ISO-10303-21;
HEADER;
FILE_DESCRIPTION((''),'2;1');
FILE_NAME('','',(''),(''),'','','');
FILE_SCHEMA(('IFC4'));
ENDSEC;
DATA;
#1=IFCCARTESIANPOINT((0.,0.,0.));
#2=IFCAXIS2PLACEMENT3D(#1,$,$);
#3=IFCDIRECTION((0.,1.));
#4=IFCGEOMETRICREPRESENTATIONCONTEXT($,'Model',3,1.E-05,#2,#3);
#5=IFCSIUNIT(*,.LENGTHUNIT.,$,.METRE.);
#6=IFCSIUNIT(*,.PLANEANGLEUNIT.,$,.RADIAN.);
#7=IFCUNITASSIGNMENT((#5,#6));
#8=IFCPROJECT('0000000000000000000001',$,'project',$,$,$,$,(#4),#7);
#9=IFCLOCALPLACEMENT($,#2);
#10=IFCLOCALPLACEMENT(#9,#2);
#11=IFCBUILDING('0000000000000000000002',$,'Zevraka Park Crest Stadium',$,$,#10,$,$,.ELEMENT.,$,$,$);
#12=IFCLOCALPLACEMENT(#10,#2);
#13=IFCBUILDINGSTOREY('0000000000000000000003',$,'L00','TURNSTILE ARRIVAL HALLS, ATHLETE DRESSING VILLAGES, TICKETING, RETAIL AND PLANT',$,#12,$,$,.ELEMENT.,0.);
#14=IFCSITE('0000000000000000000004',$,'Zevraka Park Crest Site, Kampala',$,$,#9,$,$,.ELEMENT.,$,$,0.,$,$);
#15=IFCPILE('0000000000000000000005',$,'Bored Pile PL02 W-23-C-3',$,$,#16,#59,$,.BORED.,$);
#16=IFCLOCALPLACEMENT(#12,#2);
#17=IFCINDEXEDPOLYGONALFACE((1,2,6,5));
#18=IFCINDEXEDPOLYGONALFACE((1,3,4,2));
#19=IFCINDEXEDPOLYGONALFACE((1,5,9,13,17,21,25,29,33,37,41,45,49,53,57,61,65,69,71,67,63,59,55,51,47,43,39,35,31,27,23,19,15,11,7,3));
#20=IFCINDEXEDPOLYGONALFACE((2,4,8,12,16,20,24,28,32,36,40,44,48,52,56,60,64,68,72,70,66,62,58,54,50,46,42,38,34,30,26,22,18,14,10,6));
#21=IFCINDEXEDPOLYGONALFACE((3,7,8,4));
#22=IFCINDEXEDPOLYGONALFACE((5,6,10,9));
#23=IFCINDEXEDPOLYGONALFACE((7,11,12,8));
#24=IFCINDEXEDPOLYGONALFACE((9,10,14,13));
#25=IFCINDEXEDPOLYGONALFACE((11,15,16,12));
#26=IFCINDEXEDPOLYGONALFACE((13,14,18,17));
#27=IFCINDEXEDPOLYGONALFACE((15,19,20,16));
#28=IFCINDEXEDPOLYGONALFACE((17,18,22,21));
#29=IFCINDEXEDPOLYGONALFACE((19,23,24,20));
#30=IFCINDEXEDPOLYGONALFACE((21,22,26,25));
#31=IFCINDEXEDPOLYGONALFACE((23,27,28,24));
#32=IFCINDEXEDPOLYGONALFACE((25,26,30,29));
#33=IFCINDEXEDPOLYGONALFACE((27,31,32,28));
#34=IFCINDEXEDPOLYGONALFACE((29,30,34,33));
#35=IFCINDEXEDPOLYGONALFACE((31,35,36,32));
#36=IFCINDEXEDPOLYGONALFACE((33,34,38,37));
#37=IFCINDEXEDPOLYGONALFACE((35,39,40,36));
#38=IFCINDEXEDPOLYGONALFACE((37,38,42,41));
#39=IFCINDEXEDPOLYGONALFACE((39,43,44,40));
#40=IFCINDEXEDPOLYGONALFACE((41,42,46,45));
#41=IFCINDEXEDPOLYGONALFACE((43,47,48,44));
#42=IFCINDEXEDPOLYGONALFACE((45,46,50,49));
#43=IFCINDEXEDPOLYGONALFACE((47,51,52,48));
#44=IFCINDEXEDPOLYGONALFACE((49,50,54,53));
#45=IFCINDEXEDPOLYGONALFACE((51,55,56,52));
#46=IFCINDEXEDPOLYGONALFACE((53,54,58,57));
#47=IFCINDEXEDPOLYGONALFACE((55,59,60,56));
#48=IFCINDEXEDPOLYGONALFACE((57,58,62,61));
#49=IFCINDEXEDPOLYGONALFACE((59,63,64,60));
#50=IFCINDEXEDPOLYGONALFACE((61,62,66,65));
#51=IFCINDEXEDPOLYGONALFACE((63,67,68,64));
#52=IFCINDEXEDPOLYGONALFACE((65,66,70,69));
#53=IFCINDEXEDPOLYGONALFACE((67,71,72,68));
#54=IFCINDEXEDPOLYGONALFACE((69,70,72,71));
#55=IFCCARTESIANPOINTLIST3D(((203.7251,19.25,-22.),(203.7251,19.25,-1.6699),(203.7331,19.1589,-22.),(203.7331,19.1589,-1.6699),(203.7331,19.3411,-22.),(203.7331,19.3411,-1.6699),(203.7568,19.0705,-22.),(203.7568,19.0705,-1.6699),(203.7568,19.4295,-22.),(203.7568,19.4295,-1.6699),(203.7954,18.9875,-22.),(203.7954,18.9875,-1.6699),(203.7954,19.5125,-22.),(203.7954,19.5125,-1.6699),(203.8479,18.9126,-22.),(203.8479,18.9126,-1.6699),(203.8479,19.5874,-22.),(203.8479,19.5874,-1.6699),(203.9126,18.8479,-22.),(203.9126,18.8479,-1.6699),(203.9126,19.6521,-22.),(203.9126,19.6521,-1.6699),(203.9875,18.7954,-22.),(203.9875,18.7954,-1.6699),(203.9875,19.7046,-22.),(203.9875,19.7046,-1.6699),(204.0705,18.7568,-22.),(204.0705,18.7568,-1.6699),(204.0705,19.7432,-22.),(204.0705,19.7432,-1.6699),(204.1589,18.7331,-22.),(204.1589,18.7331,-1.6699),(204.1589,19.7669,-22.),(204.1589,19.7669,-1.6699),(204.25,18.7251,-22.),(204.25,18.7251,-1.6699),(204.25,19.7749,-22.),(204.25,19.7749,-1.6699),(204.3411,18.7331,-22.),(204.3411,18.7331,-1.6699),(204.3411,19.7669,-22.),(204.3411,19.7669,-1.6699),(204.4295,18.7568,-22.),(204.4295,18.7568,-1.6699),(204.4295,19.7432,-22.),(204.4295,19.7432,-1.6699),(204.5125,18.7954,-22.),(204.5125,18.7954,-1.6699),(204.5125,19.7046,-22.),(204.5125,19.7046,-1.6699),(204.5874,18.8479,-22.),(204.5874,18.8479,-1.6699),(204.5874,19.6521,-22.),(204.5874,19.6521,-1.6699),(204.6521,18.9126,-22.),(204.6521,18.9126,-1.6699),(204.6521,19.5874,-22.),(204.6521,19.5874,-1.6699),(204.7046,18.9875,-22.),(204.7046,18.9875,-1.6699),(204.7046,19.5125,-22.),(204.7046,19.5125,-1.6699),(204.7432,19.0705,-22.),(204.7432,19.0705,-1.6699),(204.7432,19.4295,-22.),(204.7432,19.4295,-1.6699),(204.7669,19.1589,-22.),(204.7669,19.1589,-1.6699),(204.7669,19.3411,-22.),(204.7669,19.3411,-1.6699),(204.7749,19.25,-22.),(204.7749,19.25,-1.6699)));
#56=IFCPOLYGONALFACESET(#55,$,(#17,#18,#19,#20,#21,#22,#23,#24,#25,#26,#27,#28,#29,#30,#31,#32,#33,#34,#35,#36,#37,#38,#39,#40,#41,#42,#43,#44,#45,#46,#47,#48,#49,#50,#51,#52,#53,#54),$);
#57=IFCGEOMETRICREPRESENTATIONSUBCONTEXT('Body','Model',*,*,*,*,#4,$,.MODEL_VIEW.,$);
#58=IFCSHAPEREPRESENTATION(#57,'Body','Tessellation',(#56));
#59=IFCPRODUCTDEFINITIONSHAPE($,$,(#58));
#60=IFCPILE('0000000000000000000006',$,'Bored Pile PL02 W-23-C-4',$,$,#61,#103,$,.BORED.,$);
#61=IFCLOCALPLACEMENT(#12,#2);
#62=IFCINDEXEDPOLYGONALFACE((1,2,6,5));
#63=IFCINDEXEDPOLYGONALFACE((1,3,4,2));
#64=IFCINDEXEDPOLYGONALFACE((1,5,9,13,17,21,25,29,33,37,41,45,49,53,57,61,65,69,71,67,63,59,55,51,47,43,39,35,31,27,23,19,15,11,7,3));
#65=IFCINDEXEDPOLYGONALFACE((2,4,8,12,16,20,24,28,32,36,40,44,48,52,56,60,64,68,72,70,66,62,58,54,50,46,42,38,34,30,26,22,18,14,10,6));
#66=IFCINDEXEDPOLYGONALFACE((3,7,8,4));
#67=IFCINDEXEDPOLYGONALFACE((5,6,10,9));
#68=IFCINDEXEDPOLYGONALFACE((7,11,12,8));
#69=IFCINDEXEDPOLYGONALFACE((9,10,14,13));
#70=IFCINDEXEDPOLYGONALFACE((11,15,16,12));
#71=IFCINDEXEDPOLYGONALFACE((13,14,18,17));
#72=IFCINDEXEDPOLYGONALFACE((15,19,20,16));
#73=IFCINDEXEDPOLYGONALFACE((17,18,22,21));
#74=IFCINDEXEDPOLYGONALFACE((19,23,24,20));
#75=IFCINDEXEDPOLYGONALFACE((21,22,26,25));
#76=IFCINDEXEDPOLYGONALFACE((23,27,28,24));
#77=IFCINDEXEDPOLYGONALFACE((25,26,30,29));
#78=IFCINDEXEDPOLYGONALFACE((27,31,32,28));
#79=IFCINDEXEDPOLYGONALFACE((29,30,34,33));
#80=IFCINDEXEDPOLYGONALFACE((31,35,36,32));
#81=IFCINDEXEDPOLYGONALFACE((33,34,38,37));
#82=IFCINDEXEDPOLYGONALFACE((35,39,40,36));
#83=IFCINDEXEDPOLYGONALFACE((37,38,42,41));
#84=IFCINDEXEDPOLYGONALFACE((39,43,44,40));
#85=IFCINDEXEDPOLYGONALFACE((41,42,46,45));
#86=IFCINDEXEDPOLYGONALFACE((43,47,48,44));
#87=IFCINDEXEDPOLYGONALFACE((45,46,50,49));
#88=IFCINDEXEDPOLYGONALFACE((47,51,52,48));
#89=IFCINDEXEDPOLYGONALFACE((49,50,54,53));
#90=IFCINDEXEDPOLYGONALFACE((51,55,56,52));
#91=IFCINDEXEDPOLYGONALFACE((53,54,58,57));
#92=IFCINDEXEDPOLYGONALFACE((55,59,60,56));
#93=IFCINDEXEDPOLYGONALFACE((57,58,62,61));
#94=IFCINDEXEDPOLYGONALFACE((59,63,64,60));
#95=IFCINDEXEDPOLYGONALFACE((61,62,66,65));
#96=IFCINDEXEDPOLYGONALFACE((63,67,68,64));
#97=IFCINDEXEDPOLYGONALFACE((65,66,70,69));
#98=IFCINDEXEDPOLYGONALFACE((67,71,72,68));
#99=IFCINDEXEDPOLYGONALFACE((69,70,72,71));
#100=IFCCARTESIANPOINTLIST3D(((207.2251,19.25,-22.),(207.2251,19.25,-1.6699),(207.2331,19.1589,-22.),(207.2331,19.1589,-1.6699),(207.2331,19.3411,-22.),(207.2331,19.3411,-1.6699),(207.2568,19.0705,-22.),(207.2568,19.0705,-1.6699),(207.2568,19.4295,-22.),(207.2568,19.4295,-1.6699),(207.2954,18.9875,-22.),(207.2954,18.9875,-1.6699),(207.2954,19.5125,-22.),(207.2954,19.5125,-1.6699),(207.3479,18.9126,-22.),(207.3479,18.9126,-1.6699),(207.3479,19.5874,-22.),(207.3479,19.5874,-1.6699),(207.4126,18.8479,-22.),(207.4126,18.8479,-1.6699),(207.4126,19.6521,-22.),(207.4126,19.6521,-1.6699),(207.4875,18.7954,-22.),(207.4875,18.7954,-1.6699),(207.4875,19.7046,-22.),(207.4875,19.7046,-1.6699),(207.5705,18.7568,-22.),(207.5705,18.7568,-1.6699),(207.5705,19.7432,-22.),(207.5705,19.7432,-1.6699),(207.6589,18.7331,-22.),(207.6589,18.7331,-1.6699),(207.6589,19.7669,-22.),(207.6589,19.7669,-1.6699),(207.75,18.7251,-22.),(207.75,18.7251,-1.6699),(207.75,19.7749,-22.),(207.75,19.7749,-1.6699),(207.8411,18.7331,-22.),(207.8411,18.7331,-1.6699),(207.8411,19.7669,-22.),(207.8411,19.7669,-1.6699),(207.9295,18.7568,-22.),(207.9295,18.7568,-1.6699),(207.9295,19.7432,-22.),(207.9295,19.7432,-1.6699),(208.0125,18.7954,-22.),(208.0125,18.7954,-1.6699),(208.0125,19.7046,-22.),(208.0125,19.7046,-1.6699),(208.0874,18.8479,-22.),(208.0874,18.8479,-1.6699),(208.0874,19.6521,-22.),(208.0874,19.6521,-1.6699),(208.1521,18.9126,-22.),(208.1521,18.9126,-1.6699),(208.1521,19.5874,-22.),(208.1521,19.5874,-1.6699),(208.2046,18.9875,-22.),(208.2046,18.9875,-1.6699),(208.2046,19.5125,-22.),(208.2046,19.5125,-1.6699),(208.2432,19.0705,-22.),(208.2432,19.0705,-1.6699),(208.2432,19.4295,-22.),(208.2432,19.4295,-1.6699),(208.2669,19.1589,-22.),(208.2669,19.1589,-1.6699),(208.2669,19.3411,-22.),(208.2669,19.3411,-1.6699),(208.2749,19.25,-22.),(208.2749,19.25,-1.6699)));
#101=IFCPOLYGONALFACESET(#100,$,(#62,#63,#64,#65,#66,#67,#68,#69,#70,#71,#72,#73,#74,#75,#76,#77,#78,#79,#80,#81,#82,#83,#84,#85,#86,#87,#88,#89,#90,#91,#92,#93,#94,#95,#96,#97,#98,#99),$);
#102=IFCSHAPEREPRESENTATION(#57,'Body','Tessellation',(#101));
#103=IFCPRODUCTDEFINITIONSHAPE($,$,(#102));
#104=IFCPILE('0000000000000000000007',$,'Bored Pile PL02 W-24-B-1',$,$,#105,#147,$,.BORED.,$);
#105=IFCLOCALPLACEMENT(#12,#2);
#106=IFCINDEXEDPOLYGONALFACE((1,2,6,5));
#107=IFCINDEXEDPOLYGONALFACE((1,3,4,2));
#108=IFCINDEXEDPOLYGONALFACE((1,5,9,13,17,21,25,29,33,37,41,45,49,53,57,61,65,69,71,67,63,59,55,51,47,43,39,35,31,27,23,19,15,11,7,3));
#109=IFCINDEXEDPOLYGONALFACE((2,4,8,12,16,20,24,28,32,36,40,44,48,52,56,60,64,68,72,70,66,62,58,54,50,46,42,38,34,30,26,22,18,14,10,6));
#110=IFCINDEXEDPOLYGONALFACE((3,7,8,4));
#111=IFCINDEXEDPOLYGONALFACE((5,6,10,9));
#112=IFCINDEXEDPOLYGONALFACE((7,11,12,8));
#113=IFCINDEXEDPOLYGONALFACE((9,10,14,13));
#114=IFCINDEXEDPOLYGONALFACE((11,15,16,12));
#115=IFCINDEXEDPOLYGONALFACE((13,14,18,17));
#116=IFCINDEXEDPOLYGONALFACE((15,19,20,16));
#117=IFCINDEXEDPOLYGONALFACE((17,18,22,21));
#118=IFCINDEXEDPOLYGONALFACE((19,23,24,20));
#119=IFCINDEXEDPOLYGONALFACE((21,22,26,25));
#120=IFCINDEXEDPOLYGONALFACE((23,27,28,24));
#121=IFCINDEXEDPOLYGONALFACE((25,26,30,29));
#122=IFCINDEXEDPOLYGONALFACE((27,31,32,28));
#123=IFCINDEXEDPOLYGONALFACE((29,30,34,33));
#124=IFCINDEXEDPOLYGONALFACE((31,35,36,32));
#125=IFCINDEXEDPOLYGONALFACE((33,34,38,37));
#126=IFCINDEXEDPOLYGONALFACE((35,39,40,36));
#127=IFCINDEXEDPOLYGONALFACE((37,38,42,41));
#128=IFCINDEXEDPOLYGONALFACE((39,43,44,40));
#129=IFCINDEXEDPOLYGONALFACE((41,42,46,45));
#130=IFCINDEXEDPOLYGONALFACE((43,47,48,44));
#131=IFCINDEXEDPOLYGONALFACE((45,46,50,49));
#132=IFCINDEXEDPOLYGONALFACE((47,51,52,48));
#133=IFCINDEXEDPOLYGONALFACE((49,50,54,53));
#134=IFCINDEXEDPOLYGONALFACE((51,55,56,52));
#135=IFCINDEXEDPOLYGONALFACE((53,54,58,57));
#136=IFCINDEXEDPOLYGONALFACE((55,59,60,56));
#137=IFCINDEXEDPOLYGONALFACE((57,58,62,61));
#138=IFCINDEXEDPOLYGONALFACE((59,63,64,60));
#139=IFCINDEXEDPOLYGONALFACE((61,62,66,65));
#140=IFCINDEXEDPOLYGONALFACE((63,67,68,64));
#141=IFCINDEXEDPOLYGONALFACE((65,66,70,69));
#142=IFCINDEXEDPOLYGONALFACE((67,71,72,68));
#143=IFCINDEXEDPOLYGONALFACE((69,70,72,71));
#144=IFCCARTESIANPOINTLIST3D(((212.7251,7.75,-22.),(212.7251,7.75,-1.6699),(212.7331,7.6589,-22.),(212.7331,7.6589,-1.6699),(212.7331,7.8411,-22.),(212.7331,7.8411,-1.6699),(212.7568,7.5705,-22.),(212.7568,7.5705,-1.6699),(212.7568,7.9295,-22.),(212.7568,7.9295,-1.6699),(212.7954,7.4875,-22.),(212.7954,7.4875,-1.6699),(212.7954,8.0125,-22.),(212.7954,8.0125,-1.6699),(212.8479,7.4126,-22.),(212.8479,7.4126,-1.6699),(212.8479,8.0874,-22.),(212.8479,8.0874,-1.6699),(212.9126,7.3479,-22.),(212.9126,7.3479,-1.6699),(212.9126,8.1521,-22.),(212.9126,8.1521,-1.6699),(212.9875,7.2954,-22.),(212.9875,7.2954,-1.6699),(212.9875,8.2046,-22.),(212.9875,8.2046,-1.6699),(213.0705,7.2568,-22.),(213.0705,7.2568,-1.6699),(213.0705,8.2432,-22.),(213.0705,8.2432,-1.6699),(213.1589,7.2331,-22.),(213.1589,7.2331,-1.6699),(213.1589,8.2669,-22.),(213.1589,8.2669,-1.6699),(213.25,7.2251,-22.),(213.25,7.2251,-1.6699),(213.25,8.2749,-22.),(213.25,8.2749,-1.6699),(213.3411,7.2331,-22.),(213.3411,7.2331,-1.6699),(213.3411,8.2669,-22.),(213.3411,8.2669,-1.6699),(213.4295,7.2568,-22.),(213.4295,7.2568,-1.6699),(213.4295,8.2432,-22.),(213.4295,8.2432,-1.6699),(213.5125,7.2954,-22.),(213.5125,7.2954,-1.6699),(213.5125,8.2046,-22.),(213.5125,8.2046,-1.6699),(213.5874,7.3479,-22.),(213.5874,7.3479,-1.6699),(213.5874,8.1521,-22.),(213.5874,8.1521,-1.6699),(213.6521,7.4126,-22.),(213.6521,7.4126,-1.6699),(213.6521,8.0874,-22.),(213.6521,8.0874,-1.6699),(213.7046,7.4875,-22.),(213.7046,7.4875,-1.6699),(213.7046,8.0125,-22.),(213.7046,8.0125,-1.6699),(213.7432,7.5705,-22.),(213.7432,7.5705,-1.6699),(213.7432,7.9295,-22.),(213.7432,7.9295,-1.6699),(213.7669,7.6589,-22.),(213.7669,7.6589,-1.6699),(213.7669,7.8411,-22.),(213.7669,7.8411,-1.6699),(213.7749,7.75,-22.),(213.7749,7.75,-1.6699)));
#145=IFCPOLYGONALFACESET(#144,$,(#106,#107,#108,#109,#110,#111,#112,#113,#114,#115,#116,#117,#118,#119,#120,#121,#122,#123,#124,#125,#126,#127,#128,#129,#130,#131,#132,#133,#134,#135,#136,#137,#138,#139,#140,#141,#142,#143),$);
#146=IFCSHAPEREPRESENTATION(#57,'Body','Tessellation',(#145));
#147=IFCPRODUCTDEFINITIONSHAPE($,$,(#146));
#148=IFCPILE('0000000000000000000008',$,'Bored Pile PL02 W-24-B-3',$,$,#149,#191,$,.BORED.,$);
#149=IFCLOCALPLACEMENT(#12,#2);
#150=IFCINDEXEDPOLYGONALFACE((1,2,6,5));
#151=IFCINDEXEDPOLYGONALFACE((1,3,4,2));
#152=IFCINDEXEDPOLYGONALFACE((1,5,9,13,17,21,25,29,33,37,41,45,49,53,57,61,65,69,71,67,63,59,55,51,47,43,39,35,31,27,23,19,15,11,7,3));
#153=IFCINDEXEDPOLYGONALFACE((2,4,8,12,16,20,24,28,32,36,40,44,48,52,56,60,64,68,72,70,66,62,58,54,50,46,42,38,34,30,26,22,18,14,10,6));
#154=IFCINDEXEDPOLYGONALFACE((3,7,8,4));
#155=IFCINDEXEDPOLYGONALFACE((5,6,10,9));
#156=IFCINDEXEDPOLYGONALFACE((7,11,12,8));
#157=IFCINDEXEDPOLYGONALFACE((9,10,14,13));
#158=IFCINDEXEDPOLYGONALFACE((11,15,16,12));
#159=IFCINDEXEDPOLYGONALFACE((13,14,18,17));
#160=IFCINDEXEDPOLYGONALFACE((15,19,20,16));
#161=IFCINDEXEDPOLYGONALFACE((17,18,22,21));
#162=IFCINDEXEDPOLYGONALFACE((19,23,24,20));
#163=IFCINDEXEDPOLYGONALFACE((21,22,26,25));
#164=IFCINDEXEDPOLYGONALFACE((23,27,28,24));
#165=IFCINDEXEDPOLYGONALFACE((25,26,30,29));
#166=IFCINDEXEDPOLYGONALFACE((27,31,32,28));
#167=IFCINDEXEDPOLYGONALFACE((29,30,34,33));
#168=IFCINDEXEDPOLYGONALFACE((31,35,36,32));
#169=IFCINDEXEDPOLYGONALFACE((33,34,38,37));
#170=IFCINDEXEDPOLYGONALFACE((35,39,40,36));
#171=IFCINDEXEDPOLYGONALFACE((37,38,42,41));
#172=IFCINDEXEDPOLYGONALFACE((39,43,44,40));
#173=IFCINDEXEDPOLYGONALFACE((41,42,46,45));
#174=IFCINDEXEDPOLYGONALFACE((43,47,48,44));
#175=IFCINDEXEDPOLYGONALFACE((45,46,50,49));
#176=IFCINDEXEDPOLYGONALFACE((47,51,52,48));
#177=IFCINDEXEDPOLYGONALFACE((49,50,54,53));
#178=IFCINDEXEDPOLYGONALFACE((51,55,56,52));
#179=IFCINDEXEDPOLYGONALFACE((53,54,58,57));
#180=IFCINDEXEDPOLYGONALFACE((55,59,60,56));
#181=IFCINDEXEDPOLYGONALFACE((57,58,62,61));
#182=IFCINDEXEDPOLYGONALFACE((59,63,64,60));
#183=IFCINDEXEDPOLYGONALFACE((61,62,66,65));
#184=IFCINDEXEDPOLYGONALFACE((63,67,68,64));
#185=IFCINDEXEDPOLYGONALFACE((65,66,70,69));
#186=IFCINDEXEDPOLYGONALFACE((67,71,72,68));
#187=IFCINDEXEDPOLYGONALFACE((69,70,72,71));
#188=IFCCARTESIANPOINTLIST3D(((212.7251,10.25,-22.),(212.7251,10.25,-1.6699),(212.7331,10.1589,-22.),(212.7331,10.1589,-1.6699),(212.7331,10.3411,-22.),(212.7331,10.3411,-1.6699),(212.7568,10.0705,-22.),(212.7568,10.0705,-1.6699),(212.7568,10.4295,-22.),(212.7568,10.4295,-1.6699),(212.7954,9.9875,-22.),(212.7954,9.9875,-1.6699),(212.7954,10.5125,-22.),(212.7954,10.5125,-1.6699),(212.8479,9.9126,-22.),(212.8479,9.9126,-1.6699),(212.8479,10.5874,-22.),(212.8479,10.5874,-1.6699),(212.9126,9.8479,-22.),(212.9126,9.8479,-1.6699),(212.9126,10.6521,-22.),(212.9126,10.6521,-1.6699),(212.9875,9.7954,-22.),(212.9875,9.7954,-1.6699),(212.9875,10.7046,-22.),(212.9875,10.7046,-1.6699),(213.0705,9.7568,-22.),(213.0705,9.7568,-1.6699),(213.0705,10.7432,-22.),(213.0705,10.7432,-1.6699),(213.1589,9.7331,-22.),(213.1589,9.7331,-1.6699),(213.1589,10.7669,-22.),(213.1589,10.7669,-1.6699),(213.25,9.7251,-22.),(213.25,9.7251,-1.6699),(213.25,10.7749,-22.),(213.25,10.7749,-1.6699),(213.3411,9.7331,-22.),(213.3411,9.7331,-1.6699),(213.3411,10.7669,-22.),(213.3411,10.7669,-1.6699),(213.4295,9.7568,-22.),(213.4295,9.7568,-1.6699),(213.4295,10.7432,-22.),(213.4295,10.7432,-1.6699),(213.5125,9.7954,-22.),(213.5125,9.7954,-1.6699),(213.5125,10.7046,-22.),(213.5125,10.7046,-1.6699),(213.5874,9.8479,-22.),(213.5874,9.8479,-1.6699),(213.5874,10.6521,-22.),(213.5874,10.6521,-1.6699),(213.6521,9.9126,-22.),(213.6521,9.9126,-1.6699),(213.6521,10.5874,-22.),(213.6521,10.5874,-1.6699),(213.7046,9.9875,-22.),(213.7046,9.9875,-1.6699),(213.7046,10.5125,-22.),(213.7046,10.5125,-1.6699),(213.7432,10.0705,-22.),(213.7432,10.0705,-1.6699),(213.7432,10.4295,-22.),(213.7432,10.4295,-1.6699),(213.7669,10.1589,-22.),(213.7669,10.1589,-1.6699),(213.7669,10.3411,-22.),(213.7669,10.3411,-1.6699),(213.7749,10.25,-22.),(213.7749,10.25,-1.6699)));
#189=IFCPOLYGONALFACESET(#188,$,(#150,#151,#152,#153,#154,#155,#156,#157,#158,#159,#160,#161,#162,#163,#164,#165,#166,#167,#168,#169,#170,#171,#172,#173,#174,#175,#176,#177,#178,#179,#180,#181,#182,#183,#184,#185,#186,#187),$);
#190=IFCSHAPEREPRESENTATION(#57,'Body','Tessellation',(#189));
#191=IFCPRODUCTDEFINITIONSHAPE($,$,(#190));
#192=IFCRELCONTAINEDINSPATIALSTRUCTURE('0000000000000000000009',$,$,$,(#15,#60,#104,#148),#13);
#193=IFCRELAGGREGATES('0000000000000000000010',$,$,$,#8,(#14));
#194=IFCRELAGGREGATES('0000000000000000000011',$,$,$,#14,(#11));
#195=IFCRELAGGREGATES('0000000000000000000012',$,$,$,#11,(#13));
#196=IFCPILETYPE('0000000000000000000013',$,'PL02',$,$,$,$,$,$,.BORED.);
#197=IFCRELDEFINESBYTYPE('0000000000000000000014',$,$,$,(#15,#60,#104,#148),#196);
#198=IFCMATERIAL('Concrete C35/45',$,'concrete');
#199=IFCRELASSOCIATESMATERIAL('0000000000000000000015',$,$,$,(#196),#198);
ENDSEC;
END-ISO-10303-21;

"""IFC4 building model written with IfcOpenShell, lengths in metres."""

from ifc_helpers import new_model, si_unit, direction, frame, origin, origin_2d, place, context, subcontext, project, spatial, circle, extrude, material, material_profile, profile_set, type_object, element, save


model = new_model("IFC4")

# Units and contexts
model_context = context("Model", 3, precision=1e-05, world=origin(), true_north=direction((0.0, 1.0)))
body_context = subcontext(model_context, "Body", "Model", "MODEL_VIEW")
ifc_project = project(units=[si_unit("LENGTHUNIT", "METRE"), si_unit("PLANEANGLEUNIT", "RADIAN")], contexts=[model_context])

# Site, building, storey
site_placement = place(None, origin())
site = spatial("IfcSite", under=ifc_project, at=site_placement, Name="Zevraka Park Crest Site, Kampala", CompositionType="ELEMENT", RefElevation=0.0)
building_placement = place(site_placement, origin())
building = spatial("IfcBuilding", under=site, at=building_placement, Name="Zevraka Park Crest Stadium", CompositionType="ELEMENT")
storey_placement = place(building_placement, origin())
storey = spatial("IfcBuildingStorey", under=building, at=storey_placement, Name="L00", Description="TURNSTILE ARRIVAL HALLS, ATHLETE DRESSING VILLAGES, TICKETING, RETAIL AND PLANT", CompositionType="ELEMENT", Elevation=0.0)

# Piles
ifc_material_1 = material(Name="Concrete C35/45", Category="concrete")
ifc_material_profile_1 = material_profile(ifc_material_1, circle(Radius=0.5249, at=origin_2d()), Name="PILE D1050")
ifc_profile_set_1 = profile_set([ifc_material_profile_1], Name="Concrete C35/45")
pile_type_1 = type_object("IfcPileType", Name="PL02", PredefinedType="BORED", material=ifc_profile_set_1)
for number, where, z_axis, x_axis, name in (
    (1, (204.25, 19.25, -1.6699), (0.0, 0.0, -1.0), (1.0, 0.0, 0.0), "Bored Pile PL02 W-23-C-3"),
    (2, (207.75, 19.25, -1.6699), (0.0, 0.0, -1.0), (1.0, 0.0, 0.0), "Bored Pile PL02 W-23-C-4"),
    (3, (213.25, 7.75, -1.6699), (0.0, 0.0, -1.0), (1.0, 0.0, 0.0), "Bored Pile PL02 W-24-B-1"),
    (4, (213.25, 10.25, -1.6699), (0.0, 0.0, -1.0), (1.0, 0.0, 0.0), "Bored Pile PL02 W-24-B-3"),
):
    element("IfcPile", number, at=place(storey_placement, frame(where, z_axis=z_axis, x_axis=x_axis)), inside=storey, type_object=pile_type_1, Name=name, PredefinedType="BORED", context=body_context, shape_type="SweptSolid", body=[
        extrude(circle(Radius=0.5249, at=origin_2d()), origin(), (0.0, 0.0, 1.0), 20.3301),
    ])

save(model, "model.ifc")
